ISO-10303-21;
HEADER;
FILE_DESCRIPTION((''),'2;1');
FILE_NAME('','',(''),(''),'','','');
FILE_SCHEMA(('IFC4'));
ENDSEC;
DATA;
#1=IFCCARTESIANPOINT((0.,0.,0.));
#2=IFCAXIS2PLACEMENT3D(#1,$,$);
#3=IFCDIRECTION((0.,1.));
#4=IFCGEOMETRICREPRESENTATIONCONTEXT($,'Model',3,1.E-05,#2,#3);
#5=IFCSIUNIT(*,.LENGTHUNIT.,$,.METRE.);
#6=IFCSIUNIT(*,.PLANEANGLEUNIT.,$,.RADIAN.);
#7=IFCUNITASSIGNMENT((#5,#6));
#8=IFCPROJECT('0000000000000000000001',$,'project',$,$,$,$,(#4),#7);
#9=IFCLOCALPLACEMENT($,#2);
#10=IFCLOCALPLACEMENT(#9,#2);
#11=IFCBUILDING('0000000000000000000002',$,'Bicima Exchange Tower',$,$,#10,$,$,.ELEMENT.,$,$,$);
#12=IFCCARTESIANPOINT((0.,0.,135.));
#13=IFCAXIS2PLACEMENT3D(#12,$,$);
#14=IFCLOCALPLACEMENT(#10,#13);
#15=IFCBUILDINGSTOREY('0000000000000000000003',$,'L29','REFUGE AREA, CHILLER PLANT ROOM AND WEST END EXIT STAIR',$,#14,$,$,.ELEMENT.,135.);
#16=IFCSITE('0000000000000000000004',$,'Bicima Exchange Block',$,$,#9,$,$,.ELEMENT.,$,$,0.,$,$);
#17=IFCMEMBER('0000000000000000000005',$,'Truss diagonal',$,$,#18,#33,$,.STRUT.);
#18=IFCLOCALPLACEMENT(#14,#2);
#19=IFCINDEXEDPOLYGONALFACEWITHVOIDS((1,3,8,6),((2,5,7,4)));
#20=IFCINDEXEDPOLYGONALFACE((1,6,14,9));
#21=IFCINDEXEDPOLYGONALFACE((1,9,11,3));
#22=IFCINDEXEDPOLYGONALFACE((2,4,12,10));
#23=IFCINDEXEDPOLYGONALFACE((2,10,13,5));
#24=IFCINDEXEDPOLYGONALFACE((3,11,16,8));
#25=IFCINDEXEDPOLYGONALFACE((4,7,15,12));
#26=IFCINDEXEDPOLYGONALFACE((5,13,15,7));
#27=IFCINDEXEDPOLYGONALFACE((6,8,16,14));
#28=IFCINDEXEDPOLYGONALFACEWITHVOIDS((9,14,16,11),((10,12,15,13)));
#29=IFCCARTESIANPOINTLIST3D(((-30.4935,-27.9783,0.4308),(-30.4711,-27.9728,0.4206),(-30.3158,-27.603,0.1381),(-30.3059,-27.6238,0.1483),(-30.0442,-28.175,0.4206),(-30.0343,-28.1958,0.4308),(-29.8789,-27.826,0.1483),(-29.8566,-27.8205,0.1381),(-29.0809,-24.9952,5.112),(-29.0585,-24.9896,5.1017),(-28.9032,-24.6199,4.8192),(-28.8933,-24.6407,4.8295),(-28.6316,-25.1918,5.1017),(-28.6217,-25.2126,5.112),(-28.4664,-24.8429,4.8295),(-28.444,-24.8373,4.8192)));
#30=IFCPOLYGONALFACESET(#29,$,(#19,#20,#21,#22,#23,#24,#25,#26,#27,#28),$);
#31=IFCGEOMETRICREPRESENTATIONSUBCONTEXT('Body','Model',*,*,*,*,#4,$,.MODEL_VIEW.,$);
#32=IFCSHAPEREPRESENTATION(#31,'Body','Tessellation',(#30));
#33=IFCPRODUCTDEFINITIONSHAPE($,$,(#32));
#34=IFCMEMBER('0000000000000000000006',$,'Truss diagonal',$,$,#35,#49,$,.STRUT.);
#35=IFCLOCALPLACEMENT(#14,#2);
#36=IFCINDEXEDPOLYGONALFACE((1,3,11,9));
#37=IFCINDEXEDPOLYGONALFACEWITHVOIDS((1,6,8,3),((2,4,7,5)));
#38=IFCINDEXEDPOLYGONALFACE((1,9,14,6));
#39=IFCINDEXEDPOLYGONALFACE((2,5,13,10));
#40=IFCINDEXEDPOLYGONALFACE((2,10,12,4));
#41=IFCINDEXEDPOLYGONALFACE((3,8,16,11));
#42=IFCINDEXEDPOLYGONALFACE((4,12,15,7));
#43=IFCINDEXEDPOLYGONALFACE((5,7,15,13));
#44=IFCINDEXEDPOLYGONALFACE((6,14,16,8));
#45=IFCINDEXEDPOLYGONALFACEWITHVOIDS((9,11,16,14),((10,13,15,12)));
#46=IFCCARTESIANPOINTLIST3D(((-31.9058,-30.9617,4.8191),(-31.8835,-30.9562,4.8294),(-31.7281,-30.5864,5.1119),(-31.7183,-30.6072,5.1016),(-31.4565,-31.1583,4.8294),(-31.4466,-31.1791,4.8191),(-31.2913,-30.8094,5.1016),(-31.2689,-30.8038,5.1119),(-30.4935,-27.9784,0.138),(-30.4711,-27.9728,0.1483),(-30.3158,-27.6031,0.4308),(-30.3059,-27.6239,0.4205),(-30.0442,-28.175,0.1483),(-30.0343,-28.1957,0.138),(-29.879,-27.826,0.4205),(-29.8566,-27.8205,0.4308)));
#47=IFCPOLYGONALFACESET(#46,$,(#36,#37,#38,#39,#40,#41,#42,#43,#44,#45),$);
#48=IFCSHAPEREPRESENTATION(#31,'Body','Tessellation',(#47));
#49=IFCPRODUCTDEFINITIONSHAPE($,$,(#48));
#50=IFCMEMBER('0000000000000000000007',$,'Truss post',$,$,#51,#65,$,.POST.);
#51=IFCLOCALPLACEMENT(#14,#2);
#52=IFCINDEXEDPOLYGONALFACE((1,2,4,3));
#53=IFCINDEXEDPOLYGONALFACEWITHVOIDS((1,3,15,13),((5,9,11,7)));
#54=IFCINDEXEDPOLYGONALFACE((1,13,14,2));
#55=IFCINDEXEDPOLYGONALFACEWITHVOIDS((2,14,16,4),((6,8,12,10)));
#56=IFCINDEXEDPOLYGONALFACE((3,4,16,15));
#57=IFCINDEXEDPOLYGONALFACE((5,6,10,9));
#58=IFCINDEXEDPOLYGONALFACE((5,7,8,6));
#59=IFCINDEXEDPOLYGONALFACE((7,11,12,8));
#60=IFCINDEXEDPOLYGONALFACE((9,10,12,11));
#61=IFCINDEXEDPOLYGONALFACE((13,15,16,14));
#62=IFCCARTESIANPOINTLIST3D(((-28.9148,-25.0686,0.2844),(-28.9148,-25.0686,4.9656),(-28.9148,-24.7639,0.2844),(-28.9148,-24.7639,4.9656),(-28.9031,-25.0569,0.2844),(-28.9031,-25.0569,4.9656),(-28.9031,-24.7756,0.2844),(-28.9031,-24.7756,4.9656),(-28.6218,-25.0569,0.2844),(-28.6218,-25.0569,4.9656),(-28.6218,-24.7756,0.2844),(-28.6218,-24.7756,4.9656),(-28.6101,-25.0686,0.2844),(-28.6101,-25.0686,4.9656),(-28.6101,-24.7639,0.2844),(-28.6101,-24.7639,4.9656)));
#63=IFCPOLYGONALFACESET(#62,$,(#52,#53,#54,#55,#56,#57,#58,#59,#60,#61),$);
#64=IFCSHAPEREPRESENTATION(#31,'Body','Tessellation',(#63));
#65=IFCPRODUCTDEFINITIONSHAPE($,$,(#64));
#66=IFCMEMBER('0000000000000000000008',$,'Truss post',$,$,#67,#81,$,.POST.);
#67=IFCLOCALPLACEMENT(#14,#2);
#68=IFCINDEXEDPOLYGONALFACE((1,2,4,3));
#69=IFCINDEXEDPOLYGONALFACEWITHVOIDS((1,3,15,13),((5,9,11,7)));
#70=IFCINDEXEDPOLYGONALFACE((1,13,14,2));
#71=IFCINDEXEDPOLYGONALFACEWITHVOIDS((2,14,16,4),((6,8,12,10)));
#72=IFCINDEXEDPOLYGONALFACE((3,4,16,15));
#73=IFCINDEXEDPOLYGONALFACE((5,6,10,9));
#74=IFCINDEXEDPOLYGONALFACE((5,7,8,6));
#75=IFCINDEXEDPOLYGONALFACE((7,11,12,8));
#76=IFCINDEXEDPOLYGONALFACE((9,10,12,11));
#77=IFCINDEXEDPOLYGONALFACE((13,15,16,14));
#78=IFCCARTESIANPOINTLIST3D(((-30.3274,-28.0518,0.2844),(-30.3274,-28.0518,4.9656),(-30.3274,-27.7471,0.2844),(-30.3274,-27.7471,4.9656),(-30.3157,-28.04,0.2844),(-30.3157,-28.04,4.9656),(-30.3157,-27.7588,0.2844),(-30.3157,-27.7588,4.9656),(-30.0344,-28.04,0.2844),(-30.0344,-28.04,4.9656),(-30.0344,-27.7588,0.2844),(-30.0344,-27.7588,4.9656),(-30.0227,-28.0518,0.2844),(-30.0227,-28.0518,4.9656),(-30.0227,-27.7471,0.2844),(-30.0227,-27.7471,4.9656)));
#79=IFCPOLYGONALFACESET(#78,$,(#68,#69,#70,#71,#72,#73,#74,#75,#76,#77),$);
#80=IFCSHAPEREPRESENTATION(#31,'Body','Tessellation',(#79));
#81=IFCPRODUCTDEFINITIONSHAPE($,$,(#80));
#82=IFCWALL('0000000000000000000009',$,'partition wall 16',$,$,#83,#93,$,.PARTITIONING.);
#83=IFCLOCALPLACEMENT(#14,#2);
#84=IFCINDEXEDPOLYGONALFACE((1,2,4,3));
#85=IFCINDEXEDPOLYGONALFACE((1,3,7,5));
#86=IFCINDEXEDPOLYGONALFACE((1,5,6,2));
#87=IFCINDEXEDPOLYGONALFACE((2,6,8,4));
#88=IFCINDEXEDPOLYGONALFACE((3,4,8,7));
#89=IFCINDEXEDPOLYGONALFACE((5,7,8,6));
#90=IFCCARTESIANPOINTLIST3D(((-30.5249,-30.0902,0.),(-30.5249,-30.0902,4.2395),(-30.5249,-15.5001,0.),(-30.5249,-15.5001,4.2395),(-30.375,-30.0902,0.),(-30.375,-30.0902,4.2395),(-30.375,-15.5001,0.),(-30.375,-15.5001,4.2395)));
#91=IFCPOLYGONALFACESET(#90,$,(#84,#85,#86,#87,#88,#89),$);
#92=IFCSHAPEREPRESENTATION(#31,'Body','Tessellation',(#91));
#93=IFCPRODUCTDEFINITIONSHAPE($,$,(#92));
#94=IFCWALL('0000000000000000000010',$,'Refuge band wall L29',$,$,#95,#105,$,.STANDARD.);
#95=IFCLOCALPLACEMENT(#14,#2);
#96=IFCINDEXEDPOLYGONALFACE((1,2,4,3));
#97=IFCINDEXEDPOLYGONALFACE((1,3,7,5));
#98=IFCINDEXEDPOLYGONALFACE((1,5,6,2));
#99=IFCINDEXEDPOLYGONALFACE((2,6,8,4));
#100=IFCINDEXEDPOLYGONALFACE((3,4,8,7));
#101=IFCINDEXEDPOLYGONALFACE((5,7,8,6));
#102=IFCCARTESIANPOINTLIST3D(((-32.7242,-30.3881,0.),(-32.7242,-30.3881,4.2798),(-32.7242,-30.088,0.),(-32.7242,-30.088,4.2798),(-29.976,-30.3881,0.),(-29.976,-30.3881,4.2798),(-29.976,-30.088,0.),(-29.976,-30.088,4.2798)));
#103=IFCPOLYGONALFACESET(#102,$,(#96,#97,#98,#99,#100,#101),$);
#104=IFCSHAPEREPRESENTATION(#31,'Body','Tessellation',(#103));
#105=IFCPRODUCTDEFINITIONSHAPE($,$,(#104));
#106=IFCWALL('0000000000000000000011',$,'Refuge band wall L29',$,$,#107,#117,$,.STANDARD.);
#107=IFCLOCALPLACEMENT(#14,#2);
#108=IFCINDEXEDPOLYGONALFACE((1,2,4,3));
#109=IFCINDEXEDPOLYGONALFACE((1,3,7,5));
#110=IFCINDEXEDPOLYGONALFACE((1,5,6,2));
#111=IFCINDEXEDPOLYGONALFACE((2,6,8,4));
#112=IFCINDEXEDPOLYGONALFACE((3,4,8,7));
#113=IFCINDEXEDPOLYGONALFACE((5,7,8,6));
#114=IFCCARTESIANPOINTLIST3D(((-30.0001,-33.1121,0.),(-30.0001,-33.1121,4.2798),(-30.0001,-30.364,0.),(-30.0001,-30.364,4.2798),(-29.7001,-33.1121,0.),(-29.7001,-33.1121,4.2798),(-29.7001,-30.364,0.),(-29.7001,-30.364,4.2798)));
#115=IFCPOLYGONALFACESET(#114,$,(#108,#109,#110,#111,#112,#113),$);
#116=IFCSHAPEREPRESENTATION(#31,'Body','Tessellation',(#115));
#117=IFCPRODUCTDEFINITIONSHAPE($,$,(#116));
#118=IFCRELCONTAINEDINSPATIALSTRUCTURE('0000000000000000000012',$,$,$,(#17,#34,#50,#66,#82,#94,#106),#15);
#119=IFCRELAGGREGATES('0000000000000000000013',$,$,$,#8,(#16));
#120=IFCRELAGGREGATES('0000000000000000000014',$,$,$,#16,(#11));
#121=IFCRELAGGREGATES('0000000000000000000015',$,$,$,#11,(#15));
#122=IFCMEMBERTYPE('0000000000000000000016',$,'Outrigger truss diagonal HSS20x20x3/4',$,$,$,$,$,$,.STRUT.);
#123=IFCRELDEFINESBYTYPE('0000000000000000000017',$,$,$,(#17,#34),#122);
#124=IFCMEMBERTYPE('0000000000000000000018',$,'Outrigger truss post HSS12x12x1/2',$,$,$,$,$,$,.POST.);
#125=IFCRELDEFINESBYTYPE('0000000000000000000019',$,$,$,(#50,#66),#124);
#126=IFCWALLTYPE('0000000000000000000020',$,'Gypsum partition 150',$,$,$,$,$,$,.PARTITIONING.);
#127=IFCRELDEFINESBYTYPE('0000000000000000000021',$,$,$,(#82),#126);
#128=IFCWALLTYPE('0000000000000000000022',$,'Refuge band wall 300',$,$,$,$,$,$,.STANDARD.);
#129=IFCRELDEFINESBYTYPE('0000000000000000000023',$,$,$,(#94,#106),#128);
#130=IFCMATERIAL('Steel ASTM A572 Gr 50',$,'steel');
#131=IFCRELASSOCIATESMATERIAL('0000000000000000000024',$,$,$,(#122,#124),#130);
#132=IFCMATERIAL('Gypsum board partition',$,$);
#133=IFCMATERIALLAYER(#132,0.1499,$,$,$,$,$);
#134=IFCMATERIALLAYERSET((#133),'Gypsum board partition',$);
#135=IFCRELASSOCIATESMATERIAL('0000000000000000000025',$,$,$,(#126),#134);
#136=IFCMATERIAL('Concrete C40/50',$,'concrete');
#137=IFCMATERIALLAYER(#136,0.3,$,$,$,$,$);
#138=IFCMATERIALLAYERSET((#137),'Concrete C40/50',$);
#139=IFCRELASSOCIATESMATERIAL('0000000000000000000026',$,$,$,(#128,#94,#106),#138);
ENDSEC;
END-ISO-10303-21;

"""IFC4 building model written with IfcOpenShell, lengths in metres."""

from ifc_helpers import new_model, si_unit, direction, frame, frame_2d, origin, origin_2d, place, context, subcontext, project, spatial, rectangle, hollow_rectangle, extrude, material, layer, layer_set, layer_usage, material_profile, profile_set, type_object, element, save


model = new_model("IFC4")

# Units and contexts
model_context = context("Model", 3, precision=1e-05, world=origin(), true_north=direction((0.0, 1.0)))
body_context = subcontext(model_context, "Body", "Model", "MODEL_VIEW")
ifc_project = project(units=[si_unit("LENGTHUNIT", "METRE"), si_unit("PLANEANGLEUNIT", "RADIAN")], contexts=[model_context])

# Site, building, storey
site_placement = place(None, origin())
site = spatial("IfcSite", under=ifc_project, at=site_placement, Name="Bicima Exchange Block", CompositionType="ELEMENT", RefElevation=0.0)
building_placement = place(site_placement, origin())
building = spatial("IfcBuilding", under=site, at=building_placement, Name="Bicima Exchange Tower", CompositionType="ELEMENT")
storey_placement = place(building_placement, frame((0.0, 0.0, 135.0)))
storey = spatial("IfcBuildingStorey", under=building, at=storey_placement, Name="L29", Description="REFUGE AREA, CHILLER PLANT ROOM AND WEST END EXIT STAIR", CompositionType="ELEMENT", Elevation=135.0)

# Shared definitions
ifc_material_1 = material(Name="Steel ASTM A572 Gr 50", Category="steel")

# Members
ifc_material_profile_1 = material_profile(ifc_material_1, hollow_rectangle(XDim=0.5081, YDim=0.5081, WallThickness=0.0178, at=origin_2d()))
ifc_profile_set_1 = profile_set([ifc_material_profile_1], Name="Steel ASTM A572 Gr 50")
member_type_1 = type_object("IfcMemberType", Name="Outrigger truss diagonal HSS20x20x3/4", PredefinedType="STRUT", material=ifc_profile_set_1)
for number, where, z_axis, x_axis, name in (
    (1, (-28.7625, -24.9163, 4.9656), (-0.246621, -0.520819, -0.817267), (0.903794, -0.427969, 0.0), "Truss diagonal"),
    (2, (-30.175, -27.8994, 0.2844), (-0.246575, -0.520856, 0.817258), (0.903836, -0.42788, 0.0), "Truss diagonal"),
):
    element("IfcMember", number, at=place(storey_placement, frame(where, z_axis=z_axis, x_axis=x_axis)), inside=storey, type_object=member_type_1, Name=name, PredefinedType="STRUT", context=body_context, shape_type="SweptSolid", body=[
        extrude(hollow_rectangle(XDim=0.5081, YDim=0.5081, WallThickness=0.0178, at=origin_2d()), origin(), (0.0, 0.0, 1.0), 5.7278),
    ])
ifc_material_profile_2 = material_profile(ifc_material_1, hollow_rectangle(XDim=0.3047, YDim=0.3047, WallThickness=0.0117, at=origin_2d()))
ifc_profile_set_2 = profile_set([ifc_material_profile_2], Name="Steel ASTM A572 Gr 50")
member_type_2 = type_object("IfcMemberType", Name="Outrigger truss post HSS12x12x1/2", PredefinedType="POST", material=ifc_profile_set_2)
for number, where, z_axis, x_axis, name in (
    (3, (-28.7625, -24.9163, 0.2844), (0.0, 0.0, 1.0), (1.0, 0.0, 0.0), "Truss post"),
    (4, (-30.175, -27.8994, 0.2844), (0.0, 0.0, 1.0), (1.0, 0.0, 0.0), "Truss post"),
):
    element("IfcMember", number, at=place(storey_placement, frame(where, z_axis=z_axis, x_axis=x_axis)), inside=storey, type_object=member_type_2, Name=name, PredefinedType="POST", context=body_context, shape_type="SweptSolid", body=[
        extrude(hollow_rectangle(XDim=0.3047, YDim=0.3047, WallThickness=0.0117, at=origin_2d()), origin(), (0.0, 0.0, 1.0), 4.6812),
    ])

# Walls
ifc_material_2 = material(Name="Gypsum board partition")
ifc_layer_1 = layer(ifc_material_2, 0.1499)
ifc_layer_set_1 = layer_set([ifc_layer_1], Name="Gypsum board partition")
wall_type_1 = type_object("IfcWallType", Name="Gypsum partition 150", PredefinedType="PARTITIONING", material=ifc_layer_set_1)
wall_1_placement = place(storey_placement, frame((-30.45, -30.0901, 0.0), z_axis=(0.0, 0.0, 1.0), x_axis=(0.0, 1.0, 0.0)))
element("IfcWall", 5, at=wall_1_placement, inside=storey, type_object=wall_type_1, Name="partition wall 16", PredefinedType="PARTITIONING", context=body_context, shape_type="SweptSolid", body=[
    extrude(rectangle(XDim=14.5901, YDim=0.1499, at=frame_2d((7.2949, 0.0))), origin(), (0.0, 0.0, 1.0), 4.2395),
])
ifc_material_3 = material(Name="Concrete C40/50", Category="concrete")
ifc_layer_2 = layer(ifc_material_3, 0.3)
ifc_layer_set_2 = layer_set([ifc_layer_2], Name="Concrete C40/50")
ifc_layer_usage = layer_usage(ifc_layer_set_2, "AXIS2", "POSITIVE", -0.15)
wall_type_2 = type_object("IfcWallType", Name="Refuge band wall 300", PredefinedType="STANDARD", material=ifc_layer_set_2)
wall_2_placement = place(storey_placement, frame((-32.7241, -30.238, 0.0), z_axis=(0.0, 0.0, 1.0), x_axis=(1.0, 0.0, 0.0)))
element("IfcWall", 6, at=wall_2_placement, inside=storey, type_object=wall_type_2, material=ifc_layer_usage, Name="Refuge band wall L29", PredefinedType="STANDARD", context=body_context, shape_type="SweptSolid", body=[
    extrude(rectangle(XDim=2.7483, YDim=0.3, at=frame_2d((1.374, 0.0))), origin(), (0.0, 0.0, 1.0), 4.2798),
])
wall_3_placement = place(storey_placement, frame((-29.8501, -30.364, 0.0), z_axis=(0.0, 0.0, 1.0), x_axis=(0.0, -1.0, 0.0)))
element("IfcWall", 7, at=wall_3_placement, inside=storey, type_object=wall_type_2, material=ifc_layer_usage, Name="Refuge band wall L29", PredefinedType="STANDARD", context=body_context, shape_type="SweptSolid", body=[
    extrude(rectangle(XDim=2.748, YDim=0.3, at=frame_2d((1.374, 0.0))), origin(), (0.0, 0.0, 1.0), 4.2798),
])

save(model, "model.ifc")
